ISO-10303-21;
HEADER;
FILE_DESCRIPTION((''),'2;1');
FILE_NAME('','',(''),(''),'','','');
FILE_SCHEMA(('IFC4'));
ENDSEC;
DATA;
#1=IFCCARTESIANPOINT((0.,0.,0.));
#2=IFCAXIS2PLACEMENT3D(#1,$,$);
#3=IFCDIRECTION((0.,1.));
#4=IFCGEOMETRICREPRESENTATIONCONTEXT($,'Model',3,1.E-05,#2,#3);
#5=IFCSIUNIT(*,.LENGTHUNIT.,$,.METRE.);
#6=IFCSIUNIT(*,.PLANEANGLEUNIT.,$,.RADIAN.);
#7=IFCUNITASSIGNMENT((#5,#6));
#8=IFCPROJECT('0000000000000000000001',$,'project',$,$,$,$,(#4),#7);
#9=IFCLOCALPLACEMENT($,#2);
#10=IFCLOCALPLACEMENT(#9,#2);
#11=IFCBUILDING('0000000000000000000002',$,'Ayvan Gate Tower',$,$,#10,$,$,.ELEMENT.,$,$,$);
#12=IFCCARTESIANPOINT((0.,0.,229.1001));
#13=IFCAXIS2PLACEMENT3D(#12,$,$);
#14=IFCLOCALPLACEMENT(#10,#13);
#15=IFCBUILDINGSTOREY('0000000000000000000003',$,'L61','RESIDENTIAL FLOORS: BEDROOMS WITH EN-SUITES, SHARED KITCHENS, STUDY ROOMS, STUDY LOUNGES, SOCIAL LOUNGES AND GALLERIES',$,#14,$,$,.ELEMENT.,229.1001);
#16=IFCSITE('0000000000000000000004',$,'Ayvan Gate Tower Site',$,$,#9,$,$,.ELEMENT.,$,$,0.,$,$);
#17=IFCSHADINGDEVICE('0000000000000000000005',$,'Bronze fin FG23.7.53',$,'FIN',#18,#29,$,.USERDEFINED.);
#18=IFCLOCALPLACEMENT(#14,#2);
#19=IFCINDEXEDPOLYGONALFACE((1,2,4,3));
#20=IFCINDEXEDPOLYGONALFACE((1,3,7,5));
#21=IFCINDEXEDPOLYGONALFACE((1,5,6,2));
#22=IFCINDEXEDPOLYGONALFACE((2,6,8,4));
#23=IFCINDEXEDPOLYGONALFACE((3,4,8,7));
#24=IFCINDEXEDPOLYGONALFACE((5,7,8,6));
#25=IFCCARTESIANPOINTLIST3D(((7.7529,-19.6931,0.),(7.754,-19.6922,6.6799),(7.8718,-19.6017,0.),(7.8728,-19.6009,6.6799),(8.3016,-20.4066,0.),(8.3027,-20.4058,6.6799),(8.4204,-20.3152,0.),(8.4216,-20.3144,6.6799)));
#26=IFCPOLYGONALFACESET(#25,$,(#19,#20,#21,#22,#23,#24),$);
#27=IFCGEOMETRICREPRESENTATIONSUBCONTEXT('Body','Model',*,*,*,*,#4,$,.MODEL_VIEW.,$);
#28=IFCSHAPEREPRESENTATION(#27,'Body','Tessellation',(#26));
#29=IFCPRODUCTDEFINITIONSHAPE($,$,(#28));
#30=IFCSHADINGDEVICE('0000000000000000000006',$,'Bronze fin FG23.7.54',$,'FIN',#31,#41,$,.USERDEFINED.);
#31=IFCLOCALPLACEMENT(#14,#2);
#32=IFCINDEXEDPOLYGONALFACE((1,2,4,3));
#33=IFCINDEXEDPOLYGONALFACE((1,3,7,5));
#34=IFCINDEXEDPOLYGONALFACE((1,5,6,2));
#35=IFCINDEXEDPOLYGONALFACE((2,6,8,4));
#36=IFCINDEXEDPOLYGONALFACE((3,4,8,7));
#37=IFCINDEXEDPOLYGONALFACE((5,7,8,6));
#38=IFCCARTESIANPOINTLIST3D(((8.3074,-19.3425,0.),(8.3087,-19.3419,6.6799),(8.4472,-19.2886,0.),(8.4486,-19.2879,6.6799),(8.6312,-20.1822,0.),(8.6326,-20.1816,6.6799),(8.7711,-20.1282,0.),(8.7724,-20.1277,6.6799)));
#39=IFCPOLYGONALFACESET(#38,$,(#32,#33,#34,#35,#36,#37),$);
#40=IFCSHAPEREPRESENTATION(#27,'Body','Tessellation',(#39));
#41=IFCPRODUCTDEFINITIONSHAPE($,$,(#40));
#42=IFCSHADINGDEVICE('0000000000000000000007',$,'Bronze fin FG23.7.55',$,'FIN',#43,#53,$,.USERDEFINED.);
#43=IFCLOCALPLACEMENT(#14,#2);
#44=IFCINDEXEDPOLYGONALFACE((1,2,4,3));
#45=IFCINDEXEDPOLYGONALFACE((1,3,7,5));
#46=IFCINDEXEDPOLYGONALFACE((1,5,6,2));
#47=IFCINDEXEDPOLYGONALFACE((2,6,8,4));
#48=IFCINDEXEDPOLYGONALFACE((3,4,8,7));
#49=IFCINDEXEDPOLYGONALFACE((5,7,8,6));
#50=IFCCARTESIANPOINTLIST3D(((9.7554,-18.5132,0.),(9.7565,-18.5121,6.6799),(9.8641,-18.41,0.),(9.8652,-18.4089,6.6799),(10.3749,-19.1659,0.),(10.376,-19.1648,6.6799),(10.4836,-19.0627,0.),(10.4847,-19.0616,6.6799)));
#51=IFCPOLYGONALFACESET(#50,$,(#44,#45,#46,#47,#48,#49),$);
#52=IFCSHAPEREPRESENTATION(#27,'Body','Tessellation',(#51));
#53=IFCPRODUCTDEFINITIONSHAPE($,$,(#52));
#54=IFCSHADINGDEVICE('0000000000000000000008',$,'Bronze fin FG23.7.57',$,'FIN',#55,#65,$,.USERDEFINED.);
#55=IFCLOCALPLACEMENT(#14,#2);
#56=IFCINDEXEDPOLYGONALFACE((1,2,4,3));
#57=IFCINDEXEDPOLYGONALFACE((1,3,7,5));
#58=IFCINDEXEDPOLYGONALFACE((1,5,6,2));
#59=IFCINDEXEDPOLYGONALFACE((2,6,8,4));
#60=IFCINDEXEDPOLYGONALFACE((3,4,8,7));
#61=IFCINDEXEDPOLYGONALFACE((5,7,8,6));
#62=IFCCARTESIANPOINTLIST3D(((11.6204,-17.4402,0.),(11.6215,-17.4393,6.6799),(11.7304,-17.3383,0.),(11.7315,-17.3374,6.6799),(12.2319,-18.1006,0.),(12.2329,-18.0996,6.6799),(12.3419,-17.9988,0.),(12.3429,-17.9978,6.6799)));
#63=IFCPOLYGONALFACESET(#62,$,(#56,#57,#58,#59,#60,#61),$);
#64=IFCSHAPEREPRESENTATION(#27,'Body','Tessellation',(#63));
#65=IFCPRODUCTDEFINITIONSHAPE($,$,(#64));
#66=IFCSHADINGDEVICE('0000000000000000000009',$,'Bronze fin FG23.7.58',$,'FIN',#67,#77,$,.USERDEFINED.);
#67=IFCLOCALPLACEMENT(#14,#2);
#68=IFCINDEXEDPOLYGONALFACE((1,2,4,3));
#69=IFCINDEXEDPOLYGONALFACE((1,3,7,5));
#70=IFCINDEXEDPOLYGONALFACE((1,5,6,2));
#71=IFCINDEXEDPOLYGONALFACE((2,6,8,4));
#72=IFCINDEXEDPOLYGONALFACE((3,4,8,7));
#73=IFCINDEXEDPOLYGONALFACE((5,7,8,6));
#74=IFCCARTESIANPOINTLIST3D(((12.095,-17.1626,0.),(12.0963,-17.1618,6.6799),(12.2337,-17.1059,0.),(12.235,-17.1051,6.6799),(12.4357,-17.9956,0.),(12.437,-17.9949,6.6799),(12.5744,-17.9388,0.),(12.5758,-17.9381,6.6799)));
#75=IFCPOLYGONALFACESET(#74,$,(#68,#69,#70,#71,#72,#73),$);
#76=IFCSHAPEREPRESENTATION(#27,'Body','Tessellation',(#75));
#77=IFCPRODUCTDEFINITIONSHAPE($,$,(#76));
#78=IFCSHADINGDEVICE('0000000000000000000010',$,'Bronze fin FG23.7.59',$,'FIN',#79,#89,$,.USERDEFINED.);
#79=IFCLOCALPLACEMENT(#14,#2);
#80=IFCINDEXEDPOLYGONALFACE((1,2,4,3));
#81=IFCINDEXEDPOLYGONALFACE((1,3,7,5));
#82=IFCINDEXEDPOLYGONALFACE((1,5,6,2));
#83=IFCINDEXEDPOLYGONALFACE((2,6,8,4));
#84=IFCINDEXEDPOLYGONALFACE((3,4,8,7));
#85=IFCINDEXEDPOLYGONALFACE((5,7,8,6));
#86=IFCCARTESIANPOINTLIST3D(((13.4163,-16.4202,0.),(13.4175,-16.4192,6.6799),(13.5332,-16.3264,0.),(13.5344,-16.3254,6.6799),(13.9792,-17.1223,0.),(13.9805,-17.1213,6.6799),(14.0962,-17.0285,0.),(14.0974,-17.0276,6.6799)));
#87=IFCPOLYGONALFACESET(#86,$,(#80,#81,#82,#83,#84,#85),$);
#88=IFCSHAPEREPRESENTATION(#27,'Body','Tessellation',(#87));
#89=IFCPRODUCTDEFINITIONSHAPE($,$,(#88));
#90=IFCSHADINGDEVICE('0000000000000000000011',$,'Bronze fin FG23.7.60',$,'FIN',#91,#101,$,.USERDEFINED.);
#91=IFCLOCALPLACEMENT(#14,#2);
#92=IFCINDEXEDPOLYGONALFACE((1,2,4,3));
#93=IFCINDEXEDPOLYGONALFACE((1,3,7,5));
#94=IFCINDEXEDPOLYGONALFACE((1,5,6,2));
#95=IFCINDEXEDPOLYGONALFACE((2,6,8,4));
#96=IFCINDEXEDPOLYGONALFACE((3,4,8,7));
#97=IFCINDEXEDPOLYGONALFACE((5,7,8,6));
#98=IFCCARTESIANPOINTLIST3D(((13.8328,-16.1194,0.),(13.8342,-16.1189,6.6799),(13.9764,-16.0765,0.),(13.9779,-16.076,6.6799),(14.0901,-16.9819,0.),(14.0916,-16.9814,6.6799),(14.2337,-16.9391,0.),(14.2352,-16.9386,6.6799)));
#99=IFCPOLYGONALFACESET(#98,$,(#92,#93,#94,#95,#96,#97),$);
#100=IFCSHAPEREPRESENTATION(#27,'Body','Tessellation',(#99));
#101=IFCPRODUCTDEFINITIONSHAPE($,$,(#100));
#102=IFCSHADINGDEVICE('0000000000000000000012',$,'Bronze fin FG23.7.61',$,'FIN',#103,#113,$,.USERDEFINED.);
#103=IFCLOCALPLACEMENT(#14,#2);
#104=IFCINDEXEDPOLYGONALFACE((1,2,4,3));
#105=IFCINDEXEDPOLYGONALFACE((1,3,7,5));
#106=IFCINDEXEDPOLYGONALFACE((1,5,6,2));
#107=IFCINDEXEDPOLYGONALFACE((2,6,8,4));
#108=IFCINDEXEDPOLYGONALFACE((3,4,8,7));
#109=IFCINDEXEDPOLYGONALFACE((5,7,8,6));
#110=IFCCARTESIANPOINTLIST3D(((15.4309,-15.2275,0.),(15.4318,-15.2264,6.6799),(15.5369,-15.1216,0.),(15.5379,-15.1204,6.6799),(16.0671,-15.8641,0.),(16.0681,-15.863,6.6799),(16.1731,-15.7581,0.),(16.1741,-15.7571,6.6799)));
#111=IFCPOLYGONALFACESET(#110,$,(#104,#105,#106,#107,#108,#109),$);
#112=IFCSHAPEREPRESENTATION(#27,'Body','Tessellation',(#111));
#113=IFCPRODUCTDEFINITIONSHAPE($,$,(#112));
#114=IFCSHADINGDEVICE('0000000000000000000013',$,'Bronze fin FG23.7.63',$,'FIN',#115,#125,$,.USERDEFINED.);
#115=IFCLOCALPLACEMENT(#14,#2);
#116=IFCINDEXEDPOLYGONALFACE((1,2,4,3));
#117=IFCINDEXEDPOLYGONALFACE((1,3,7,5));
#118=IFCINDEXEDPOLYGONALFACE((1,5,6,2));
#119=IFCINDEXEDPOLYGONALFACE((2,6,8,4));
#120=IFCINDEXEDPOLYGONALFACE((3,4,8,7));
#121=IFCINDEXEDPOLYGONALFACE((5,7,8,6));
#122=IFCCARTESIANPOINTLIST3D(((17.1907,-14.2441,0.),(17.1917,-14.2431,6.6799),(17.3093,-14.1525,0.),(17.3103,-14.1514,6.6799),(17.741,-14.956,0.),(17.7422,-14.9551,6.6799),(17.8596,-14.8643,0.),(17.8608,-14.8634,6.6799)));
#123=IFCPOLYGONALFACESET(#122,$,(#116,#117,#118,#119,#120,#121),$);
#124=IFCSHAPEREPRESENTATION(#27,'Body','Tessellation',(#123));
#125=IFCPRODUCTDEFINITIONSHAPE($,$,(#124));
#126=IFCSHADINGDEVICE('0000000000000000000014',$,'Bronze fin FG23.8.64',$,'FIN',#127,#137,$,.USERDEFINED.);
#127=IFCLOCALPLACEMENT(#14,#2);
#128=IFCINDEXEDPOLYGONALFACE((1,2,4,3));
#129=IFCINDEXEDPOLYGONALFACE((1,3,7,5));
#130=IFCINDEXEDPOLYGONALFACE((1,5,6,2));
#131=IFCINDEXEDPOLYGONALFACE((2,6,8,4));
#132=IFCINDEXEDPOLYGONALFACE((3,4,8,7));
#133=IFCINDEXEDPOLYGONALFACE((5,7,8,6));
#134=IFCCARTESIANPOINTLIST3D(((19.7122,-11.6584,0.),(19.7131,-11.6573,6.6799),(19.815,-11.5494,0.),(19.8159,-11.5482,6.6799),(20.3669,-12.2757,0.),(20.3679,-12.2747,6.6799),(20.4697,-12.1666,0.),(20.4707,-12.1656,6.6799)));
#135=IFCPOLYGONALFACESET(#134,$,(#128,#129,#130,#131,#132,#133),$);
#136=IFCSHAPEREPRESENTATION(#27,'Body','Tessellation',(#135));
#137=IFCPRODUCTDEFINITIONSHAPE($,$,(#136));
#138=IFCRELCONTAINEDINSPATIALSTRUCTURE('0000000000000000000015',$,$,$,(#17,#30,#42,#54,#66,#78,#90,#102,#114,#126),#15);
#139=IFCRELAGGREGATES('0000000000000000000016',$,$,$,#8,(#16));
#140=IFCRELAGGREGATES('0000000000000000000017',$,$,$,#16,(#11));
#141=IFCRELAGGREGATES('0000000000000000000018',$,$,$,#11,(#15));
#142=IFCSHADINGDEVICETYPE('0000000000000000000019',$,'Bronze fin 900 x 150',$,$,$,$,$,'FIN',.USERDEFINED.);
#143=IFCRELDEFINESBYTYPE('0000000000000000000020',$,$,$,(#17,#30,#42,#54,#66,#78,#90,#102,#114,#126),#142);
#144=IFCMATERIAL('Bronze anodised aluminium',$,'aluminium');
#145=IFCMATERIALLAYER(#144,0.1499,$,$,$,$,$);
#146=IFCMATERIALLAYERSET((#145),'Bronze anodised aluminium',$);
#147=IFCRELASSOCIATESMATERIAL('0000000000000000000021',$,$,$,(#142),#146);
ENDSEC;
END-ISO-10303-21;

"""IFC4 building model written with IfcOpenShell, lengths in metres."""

from ifc_helpers import new_model, si_unit, direction, frame, origin, place, context, subcontext, project, spatial, polyline, outline, extrude, material, layer, layer_set, type_object, element, save


model = new_model("IFC4")

# Units and contexts
model_context = context("Model", 3, precision=1e-05, world=origin(), true_north=direction((0.0, 1.0)))
body_context = subcontext(model_context, "Body", "Model", "MODEL_VIEW")
ifc_project = project(units=[si_unit("LENGTHUNIT", "METRE"), si_unit("PLANEANGLEUNIT", "RADIAN")], contexts=[model_context])

# Site, building, storey
site_placement = place(None, origin())
site = spatial("IfcSite", under=ifc_project, at=site_placement, Name="Ayvan Gate Tower Site", CompositionType="ELEMENT", RefElevation=0.0)
building_placement = place(site_placement, origin())
building = spatial("IfcBuilding", under=site, at=building_placement, Name="Ayvan Gate Tower", CompositionType="ELEMENT")
storey_placement = place(building_placement, frame((0.0, 0.0, 229.1001)))
storey = spatial("IfcBuildingStorey", under=building, at=storey_placement, Name="L61", Description="RESIDENTIAL FLOORS: BEDROOMS WITH EN-SUITES, SHARED KITCHENS, STUDY ROOMS, STUDY LOUNGES, SOCIAL LOUNGES AND GALLERIES", CompositionType="ELEMENT", Elevation=229.1001)

# Shared definitions
ifc_material_1 = material(Name="Bronze anodised aluminium", Category="aluminium")

# Shading devices
ifc_layer_1 = layer(ifc_material_1, 0.1499)
ifc_layer_set_1 = layer_set([ifc_layer_1], Name="Bronze anodised aluminium")
shading_device_type = type_object("IfcShadingDeviceType", Name="Bronze fin 900 x 150", ElementType="FIN", PredefinedType="USERDEFINED", material=ifc_layer_set_1)
shading_device_1_placement = place(storey_placement, frame((7.7529, -19.6931, 0.0), z_axis=(-0.7927, -0.609612, 0.000208), x_axis=(0.609612, -0.7927, 0.0)))
element("IfcShadingDevice", 1, at=shading_device_1_placement, inside=storey, type_object=shading_device_type, Name="Bronze fin FG23.7.53", ObjectType="FIN", PredefinedType="USERDEFINED", context=body_context, shape_type="SweptSolid", body=[
    extrude(outline(polyline([(0.0, 0.0), (0.9001, 0.0), (0.9001, 6.6799), (0.0, 6.6799), (0.0, 0.0)])), origin(), (0.0, 0.0, -1.0), 0.1499),
])
shading_device_2_placement = place(storey_placement, frame((8.3074, -19.3425, 0.0), z_axis=(-0.933017, -0.359833, 0.00022), x_axis=(0.359833, -0.933017, 0.0)))
element("IfcShadingDevice", 2, at=shading_device_2_placement, inside=storey, type_object=shading_device_type, Name="Bronze fin FG23.7.54", ObjectType="FIN", PredefinedType="USERDEFINED", context=body_context, shape_type="SweptSolid", body=[
    extrude(outline(polyline([(0.0, 0.0), (0.8999, 0.0), (0.8999, 6.6799), (-0.0002, 6.6799), (0.0, 0.0)])), origin(), (0.0, 0.0, -1.0), 0.1499),
])
shading_device_3_placement = place(storey_placement, frame((9.7554, -18.5132, 0.0), z_axis=(-0.725314, -0.688418, 0.000233), x_axis=(0.688418, -0.725314, 0.0)))
element("IfcShadingDevice", 3, at=shading_device_3_placement, inside=storey, type_object=shading_device_type, Name="Bronze fin FG23.7.55", ObjectType="FIN", PredefinedType="USERDEFINED", context=body_context, shape_type="SweptSolid", body=[
    extrude(outline(polyline([(0.0, 0.0), (0.8999, 0.0), (0.8999, 6.6799), (0.0, 6.6799), (0.0, 0.0)])), origin(), (0.0, 0.0, -1.0), 0.1499),
])
shading_device_4_placement = place(storey_placement, frame((11.6204, -17.4402, 0.0), z_axis=(-0.733778, -0.679389, 0.00022), x_axis=(0.679389, -0.733778, 0.0)))
element("IfcShadingDevice", 4, at=shading_device_4_placement, inside=storey, type_object=shading_device_type, Name="Bronze fin FG23.7.57", ObjectType="FIN", PredefinedType="USERDEFINED", context=body_context, shape_type="SweptSolid", body=[
    extrude(outline(polyline([(0.0, 0.0), (0.9001, 0.0), (0.9, 6.6799), (0.0001, 6.6799), (0.0, 0.0)])), origin(), (0.0, 0.0, -1.0), 0.1499),
])
shading_device_5_placement = place(storey_placement, frame((12.095, -17.1626, 0.0), z_axis=(-0.925577, -0.378559, 0.000228), x_axis=(0.378559, -0.925577, 0.0)))
element("IfcShadingDevice", 5, at=shading_device_5_placement, inside=storey, type_object=shading_device_type, Name="Bronze fin FG23.7.58", ObjectType="FIN", PredefinedType="USERDEFINED", context=body_context, shape_type="SweptSolid", body=[
    extrude(outline(polyline([(0.0, 0.0), (0.8999, 0.0), (0.8998, 6.6799), (-0.0002, 6.6799), (0.0, 0.0)])), origin(), (0.0, 0.0, -1.0), 0.1499),
])
shading_device_6_placement = place(storey_placement, frame((13.4163, -16.4202, 0.0), z_axis=(-0.78018, -0.625555, 0.000234), x_axis=(0.625555, -0.78018, 0.0)))
element("IfcShadingDevice", 6, at=shading_device_6_placement, inside=storey, type_object=shading_device_type, Name="Bronze fin FG23.7.59", ObjectType="FIN", PredefinedType="USERDEFINED", context=body_context, shape_type="SweptSolid", body=[
    extrude(outline(polyline([(0.0, 0.0), (0.9, 0.0), (0.9, 6.6799), (0.0, 6.6799), (0.0, 0.0)])), origin(), (0.0, 0.0, -1.0), 0.1499),
])
shading_device_7_placement = place(storey_placement, frame((13.8328, -16.1194, 0.0), z_axis=(-0.958266, -0.285879, 0.000231), x_axis=(0.285879, -0.958266, 0.0)))
element("IfcShadingDevice", 7, at=shading_device_7_placement, inside=storey, type_object=shading_device_type, Name="Bronze fin FG23.7.60", ObjectType="FIN", PredefinedType="USERDEFINED", context=body_context, shape_type="SweptSolid", body=[
    extrude(outline(polyline([(0.0, 0.0), (0.9001, 0.0), (0.9001, 6.6799), (0.0, 6.6799), (0.0, 0.0)])), origin(), (0.0, 0.0, -1.0), 0.1499),
])
shading_device_8_placement = place(storey_placement, frame((15.4309, -15.2275, 0.0), z_axis=(-0.70731, -0.706903, 0.00022), x_axis=(0.706903, -0.70731, 0.0)))
element("IfcShadingDevice", 8, at=shading_device_8_placement, inside=storey, type_object=shading_device_type, Name="Bronze fin FG23.7.61", ObjectType="FIN", PredefinedType="USERDEFINED", context=body_context, shape_type="SweptSolid", body=[
    extrude(outline(polyline([(0.0, 0.0), (0.8999, 0.0), (0.8999, 6.6799), (-0.0002, 6.6799), (0.0, 0.0)])), origin(), (0.0, 0.0, -1.0), 0.1499),
])
shading_device_9_placement = place(storey_placement, frame((17.1907, -14.2441, 0.0), z_axis=(-0.791124, -0.611656, 0.00022), x_axis=(0.611656, -0.791124, 0.0)))
element("IfcShadingDevice", 9, at=shading_device_9_placement, inside=storey, type_object=shading_device_type, Name="Bronze fin FG23.7.63", ObjectType="FIN", PredefinedType="USERDEFINED", context=body_context, shape_type="SweptSolid", body=[
    extrude(outline(polyline([(0.0, 0.0), (0.8998, 0.0), (0.8998, 6.6799), (-0.0002, 6.6799), (0.0, 0.0)])), origin(), (0.0, 0.0, -1.0), 0.1499),
])
shading_device_10_placement = place(storey_placement, frame((19.7122, -11.6584, 0.0), z_axis=(-0.685978, -0.727622, 0.00022), x_axis=(0.727622, -0.685978, 0.0)))
element("IfcShadingDevice", 10, at=shading_device_10_placement, inside=storey, type_object=shading_device_type, Name="Bronze fin FG23.8.64", ObjectType="FIN", PredefinedType="USERDEFINED", context=body_context, shape_type="SweptSolid", body=[
    extrude(outline(polyline([(0.0, 0.0), (0.8998, 0.0), (0.8999, 6.6799), (-0.0001, 6.6799), (0.0, 0.0)])), origin(), (0.0, 0.0, -1.0), 0.1499),
])

save(model, "model.ifc")
